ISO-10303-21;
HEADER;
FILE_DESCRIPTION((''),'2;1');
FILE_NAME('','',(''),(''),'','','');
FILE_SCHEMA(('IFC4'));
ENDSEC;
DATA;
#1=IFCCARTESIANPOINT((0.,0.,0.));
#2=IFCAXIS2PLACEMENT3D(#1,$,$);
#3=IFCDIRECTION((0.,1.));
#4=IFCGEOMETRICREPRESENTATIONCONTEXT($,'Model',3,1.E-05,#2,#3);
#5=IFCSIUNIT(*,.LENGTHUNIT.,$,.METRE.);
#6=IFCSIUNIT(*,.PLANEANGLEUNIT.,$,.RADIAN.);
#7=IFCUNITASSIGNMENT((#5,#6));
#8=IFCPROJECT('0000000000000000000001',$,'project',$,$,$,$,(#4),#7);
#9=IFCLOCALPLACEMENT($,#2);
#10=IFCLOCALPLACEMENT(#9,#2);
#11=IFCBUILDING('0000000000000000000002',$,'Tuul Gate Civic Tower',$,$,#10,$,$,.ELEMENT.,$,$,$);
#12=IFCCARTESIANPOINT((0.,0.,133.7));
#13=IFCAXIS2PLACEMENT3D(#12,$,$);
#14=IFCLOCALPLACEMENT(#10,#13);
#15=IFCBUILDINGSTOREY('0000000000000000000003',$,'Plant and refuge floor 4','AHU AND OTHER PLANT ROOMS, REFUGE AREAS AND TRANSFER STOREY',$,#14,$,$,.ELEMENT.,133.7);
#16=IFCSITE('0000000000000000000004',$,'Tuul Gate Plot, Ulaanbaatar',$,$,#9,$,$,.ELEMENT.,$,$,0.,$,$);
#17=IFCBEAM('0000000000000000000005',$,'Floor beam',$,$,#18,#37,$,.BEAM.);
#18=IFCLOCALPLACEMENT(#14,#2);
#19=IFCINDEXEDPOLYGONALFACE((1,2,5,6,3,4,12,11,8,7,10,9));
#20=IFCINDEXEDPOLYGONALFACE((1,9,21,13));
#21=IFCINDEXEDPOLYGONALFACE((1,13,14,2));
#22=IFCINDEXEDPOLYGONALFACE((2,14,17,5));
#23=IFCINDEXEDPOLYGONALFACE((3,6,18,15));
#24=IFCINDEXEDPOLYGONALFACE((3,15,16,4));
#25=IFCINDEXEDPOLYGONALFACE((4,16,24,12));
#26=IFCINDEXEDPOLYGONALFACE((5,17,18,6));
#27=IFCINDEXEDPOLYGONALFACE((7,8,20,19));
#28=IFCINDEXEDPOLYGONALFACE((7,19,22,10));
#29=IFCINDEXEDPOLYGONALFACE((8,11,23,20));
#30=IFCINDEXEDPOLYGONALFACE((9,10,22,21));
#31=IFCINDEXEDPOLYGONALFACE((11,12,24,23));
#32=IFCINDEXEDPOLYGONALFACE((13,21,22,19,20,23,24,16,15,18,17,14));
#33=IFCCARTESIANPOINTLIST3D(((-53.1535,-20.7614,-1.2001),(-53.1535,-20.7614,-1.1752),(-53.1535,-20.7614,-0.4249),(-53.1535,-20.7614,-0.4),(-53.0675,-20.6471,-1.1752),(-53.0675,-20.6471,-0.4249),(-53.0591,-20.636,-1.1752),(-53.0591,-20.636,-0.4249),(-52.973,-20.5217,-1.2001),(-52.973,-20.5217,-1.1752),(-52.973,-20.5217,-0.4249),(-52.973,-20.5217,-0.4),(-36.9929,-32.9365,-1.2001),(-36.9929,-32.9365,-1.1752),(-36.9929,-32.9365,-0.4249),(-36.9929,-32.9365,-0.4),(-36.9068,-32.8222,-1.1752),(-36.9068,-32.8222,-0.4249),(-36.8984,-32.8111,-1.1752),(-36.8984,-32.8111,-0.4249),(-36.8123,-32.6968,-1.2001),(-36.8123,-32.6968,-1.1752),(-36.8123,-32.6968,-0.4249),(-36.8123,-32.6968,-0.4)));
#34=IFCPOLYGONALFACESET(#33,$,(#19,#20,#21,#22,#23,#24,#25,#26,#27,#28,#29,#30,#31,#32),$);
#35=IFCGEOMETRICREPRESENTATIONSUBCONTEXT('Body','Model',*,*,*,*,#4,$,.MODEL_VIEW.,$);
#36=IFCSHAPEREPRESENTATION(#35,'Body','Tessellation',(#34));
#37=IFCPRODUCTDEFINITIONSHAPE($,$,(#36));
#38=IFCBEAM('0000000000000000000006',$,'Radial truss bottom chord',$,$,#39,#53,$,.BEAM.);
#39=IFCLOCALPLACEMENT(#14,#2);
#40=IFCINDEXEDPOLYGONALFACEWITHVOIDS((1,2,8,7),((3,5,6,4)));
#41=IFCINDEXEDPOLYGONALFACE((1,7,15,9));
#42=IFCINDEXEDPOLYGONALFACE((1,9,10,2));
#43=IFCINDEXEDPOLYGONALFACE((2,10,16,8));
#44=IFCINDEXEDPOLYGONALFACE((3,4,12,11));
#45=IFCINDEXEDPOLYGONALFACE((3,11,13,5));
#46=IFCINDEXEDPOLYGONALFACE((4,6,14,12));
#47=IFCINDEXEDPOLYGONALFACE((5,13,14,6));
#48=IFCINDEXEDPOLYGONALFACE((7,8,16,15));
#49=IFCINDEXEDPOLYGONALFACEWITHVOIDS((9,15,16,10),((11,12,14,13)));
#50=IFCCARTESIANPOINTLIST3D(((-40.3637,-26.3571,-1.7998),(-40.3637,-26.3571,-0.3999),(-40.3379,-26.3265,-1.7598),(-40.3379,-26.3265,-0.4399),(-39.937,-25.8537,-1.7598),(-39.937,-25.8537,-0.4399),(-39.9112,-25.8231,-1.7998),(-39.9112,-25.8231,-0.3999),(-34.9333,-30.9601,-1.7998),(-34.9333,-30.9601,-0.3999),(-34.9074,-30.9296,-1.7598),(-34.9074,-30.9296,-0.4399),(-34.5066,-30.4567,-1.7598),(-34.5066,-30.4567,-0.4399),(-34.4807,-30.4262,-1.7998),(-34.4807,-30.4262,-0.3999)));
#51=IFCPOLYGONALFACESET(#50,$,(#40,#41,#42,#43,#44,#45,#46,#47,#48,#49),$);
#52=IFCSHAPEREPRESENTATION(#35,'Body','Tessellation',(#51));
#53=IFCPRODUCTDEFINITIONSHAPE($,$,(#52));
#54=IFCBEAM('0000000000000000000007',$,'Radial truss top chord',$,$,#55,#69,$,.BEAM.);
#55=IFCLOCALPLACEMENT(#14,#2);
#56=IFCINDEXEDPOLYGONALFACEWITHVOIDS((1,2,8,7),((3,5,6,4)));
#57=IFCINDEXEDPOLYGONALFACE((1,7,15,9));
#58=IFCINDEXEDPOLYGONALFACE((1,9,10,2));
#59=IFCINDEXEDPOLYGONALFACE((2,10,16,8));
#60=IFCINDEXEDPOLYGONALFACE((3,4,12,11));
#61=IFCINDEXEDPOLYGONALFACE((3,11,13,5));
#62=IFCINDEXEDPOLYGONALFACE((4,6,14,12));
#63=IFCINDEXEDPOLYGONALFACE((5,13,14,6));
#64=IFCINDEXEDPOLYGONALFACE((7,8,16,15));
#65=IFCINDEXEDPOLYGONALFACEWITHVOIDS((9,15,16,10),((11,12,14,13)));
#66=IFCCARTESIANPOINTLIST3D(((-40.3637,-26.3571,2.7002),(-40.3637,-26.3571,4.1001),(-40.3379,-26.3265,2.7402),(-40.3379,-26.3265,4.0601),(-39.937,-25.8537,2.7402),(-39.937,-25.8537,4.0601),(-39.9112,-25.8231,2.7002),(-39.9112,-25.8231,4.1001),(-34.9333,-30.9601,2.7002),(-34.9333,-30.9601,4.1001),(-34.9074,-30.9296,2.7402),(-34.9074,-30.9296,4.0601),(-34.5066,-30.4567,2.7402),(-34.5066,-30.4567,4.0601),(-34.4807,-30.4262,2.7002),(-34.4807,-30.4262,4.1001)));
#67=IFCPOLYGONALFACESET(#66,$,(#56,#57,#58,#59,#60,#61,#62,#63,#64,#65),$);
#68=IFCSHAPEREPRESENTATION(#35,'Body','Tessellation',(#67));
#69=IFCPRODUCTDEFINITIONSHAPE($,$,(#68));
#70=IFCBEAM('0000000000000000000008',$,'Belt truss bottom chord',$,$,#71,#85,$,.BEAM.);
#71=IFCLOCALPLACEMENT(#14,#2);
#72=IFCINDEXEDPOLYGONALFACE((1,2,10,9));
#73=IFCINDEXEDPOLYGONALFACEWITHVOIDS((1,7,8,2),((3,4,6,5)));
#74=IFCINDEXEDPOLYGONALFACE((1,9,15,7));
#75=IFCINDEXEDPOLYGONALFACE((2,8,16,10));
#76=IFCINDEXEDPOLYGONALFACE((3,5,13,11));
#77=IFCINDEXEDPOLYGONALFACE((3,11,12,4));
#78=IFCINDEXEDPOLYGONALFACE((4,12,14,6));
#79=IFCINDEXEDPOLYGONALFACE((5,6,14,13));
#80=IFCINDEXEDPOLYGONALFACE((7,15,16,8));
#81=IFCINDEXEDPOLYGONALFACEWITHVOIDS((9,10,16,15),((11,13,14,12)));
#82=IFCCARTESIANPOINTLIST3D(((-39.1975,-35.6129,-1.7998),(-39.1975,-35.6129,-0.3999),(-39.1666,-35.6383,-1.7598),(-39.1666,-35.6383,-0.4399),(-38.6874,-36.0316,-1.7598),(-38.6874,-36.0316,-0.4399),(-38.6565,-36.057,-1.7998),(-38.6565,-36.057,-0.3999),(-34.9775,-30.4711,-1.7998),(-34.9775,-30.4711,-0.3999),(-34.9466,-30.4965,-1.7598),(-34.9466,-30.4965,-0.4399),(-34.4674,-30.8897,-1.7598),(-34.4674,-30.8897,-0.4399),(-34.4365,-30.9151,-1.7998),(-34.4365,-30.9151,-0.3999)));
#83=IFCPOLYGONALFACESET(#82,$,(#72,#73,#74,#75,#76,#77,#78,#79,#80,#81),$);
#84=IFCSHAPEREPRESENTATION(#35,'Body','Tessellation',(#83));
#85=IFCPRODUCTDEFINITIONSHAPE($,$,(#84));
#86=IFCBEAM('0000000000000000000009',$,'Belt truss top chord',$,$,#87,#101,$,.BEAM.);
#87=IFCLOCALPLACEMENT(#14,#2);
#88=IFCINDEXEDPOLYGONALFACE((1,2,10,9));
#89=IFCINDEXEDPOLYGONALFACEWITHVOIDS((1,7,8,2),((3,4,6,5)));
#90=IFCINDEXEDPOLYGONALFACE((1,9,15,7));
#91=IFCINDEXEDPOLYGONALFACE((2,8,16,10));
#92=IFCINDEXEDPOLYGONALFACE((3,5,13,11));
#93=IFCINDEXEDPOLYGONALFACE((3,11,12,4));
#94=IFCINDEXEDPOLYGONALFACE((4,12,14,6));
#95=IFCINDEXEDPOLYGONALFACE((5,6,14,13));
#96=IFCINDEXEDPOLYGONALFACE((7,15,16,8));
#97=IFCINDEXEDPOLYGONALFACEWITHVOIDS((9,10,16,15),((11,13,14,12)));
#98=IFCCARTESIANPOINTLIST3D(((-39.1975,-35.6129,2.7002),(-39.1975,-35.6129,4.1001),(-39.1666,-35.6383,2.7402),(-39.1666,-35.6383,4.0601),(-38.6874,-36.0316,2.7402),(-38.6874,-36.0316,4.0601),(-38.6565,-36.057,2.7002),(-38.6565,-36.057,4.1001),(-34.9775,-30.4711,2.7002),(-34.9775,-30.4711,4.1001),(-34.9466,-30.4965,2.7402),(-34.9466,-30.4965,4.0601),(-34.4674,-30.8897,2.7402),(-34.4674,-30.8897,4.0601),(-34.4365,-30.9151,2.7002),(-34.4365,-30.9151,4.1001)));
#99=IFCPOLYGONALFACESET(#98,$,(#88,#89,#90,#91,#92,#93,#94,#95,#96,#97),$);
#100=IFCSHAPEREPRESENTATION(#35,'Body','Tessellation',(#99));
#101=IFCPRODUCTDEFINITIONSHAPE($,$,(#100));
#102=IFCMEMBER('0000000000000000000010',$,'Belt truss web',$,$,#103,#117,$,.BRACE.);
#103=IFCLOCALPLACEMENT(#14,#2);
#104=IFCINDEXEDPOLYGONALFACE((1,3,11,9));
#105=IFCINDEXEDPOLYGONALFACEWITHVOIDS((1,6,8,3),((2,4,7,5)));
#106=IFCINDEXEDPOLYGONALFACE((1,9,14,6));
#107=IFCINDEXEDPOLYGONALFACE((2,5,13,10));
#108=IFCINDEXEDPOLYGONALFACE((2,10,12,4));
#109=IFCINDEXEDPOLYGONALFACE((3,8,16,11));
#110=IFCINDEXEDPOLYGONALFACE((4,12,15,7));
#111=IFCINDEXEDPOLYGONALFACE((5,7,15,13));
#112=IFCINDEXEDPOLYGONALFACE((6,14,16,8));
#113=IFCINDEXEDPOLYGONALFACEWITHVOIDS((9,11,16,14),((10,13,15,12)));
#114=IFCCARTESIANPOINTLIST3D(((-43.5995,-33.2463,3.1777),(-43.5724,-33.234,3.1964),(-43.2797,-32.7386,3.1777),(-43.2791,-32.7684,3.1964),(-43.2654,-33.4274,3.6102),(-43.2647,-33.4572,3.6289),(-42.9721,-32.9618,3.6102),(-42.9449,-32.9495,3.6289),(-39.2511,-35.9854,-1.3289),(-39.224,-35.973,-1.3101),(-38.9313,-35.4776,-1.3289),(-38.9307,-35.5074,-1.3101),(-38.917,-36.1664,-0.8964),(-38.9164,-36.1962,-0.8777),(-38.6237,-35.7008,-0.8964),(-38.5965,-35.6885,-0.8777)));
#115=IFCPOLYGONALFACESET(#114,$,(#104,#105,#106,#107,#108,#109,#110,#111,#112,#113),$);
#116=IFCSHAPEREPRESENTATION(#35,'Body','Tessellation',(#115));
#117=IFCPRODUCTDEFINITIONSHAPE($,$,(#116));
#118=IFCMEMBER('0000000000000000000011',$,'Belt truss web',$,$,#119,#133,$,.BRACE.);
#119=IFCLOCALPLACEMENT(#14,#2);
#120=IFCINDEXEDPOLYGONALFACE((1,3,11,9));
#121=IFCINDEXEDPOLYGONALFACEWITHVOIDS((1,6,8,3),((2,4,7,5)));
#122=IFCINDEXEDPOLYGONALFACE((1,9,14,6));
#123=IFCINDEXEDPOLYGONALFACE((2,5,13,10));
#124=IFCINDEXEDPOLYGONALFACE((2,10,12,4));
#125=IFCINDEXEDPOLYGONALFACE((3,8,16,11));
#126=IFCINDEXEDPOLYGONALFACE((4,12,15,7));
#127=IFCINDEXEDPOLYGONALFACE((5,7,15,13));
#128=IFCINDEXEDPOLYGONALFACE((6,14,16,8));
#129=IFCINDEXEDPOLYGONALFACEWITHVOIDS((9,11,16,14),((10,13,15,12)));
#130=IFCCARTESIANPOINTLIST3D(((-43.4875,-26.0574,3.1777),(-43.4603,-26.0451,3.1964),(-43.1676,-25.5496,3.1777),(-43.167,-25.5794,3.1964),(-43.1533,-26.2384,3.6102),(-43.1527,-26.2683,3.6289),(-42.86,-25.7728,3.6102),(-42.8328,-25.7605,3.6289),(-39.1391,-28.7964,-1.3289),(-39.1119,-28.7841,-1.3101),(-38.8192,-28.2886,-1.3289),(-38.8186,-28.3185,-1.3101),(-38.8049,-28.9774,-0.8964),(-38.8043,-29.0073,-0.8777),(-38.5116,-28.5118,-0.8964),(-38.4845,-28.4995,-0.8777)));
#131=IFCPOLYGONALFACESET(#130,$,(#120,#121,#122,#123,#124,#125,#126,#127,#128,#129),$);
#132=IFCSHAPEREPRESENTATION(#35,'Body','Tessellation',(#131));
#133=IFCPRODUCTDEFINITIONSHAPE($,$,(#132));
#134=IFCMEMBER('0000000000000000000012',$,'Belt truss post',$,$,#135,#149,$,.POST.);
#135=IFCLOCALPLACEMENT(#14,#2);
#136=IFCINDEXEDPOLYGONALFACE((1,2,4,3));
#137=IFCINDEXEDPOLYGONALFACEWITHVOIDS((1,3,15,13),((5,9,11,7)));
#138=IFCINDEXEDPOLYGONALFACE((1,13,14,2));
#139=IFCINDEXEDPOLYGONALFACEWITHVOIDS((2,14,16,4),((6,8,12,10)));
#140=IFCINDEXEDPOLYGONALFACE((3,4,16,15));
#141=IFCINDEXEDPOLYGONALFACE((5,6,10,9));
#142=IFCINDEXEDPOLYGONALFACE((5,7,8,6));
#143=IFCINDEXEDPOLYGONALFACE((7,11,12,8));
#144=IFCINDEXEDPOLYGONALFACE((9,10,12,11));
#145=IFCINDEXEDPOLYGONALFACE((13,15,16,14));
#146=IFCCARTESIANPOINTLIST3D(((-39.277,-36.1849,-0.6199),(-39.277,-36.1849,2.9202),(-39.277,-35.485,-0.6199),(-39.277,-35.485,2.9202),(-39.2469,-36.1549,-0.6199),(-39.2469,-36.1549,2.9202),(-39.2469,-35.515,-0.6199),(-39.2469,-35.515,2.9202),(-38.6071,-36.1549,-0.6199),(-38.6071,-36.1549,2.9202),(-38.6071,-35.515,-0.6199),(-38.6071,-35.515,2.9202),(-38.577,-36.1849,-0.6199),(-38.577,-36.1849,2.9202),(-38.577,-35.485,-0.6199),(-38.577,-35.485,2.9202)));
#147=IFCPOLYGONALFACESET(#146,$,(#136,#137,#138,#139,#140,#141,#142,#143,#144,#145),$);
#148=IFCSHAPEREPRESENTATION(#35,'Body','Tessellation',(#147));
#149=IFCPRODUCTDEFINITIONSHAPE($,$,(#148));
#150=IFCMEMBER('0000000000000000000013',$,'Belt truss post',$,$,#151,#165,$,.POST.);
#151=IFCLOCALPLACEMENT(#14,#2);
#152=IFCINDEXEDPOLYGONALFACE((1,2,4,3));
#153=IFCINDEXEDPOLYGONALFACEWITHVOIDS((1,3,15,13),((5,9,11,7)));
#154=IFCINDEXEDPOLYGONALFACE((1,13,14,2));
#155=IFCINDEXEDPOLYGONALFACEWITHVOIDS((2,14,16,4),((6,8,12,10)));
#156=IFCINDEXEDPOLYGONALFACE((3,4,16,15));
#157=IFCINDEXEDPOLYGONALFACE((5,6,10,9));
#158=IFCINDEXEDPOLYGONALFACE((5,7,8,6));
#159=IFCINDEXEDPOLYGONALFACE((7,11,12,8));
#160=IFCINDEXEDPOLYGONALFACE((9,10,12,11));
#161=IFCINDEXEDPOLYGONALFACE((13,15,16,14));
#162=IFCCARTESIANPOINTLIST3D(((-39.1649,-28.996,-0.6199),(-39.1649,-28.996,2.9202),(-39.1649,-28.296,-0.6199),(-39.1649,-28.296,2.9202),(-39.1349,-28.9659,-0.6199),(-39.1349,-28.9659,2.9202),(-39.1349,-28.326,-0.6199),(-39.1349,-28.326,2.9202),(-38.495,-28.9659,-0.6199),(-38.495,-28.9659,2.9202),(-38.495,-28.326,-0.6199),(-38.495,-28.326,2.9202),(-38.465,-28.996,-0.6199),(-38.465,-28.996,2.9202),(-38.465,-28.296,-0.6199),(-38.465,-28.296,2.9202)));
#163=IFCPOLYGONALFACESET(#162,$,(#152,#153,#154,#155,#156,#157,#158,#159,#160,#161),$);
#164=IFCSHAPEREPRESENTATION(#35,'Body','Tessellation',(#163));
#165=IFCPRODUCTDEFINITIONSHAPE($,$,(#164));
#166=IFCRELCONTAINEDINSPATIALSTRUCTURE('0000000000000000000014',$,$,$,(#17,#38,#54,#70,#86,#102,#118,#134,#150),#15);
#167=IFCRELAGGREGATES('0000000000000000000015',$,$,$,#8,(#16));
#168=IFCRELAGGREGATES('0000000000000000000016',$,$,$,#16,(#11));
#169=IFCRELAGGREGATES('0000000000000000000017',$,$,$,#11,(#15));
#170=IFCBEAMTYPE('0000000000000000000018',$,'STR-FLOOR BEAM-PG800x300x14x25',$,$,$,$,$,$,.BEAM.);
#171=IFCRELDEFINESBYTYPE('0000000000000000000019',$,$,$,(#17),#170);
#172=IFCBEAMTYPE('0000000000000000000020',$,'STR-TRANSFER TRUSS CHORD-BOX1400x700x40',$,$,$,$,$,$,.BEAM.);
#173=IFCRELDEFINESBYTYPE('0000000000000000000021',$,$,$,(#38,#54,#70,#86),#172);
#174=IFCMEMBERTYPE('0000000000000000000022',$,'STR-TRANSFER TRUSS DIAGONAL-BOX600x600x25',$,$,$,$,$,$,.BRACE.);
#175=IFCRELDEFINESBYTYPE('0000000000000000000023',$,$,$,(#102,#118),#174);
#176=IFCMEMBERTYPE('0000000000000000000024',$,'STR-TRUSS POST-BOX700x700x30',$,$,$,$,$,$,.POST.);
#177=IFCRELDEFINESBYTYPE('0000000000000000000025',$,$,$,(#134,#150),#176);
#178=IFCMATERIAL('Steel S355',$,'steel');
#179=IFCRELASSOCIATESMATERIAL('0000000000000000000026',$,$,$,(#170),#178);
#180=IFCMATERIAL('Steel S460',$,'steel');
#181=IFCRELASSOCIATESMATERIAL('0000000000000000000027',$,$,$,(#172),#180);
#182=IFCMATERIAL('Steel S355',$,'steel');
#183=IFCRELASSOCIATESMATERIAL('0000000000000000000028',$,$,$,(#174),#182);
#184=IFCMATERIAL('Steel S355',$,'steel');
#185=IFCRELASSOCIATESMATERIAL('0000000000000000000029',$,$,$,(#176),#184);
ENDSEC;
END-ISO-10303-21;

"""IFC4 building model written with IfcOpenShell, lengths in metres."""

from ifc_helpers import new_model, si_unit, direction, frame, origin, origin_2d, place, context, subcontext, project, spatial, hollow_rectangle, i_section, extrude, material, material_profile, profile_set, type_object, element, save


model = new_model("IFC4")

# Units and contexts
model_context = context("Model", 3, precision=1e-05, world=origin(), true_north=direction((0.0, 1.0)))
body_context = subcontext(model_context, "Body", "Model", "MODEL_VIEW")
ifc_project = project(units=[si_unit("LENGTHUNIT", "METRE"), si_unit("PLANEANGLEUNIT", "RADIAN")], contexts=[model_context])

# Site, building, storey
site_placement = place(None, origin())
site = spatial("IfcSite", under=ifc_project, at=site_placement, Name="Tuul Gate Plot, Ulaanbaatar", CompositionType="ELEMENT", RefElevation=0.0)
building_placement = place(site_placement, origin())
building = spatial("IfcBuilding", under=site, at=building_placement, Name="Tuul Gate Civic Tower", CompositionType="ELEMENT")
storey_placement = place(building_placement, frame((0.0, 0.0, 133.7)))
storey = spatial("IfcBuildingStorey", under=building, at=storey_placement, Name="Plant and refuge floor 4", Description="AHU AND OTHER PLANT ROOMS, REFUGE AREAS AND TRANSFER STOREY", CompositionType="ELEMENT", Elevation=133.7)

# Beams
ifc_material_1 = material(Name="Steel S355", Category="steel")
ifc_material_profile_1 = material_profile(ifc_material_1, i_section(OverallWidth=0.3, OverallDepth=0.8, WebThickness=0.0139, FlangeThickness=0.0249, at=origin_2d()), Name="PG800x300x14x25")
ifc_profile_set_1 = profile_set([ifc_material_profile_1], Name="Steel S355")
beam_type_1 = type_object("IfcBeamType", Name="STR-FLOOR BEAM-PG800x300x14x25", PredefinedType="BEAM", material=ifc_profile_set_1)
beam_placement = place(storey_placement, frame((-36.9026, -32.8167, -0.8), z_axis=(-0.798704, 0.601725, 0.0), x_axis=(-0.601725, -0.798704, 0.0)))
element("IfcBeam", 1, at=beam_placement, inside=storey, type_object=beam_type_1, Name="Floor beam", PredefinedType="BEAM", context=body_context, shape_type="SweptSolid", body=[
    extrude(i_section(OverallWidth=0.3, OverallDepth=0.8, WebThickness=0.0139, FlangeThickness=0.0249, at=origin_2d()), origin(), (0.0, 0.0, 1.0), 20.2336),
])
ifc_material_2 = material(Name="Steel S460", Category="steel")
ifc_material_profile_2 = material_profile(ifc_material_2, hollow_rectangle(XDim=0.7, YDim=1.3999, WallThickness=0.04, at=origin_2d()), Name="BOX1400x700x40")
ifc_profile_set_2 = profile_set([ifc_material_profile_2], Name="Steel S460")
beam_type_2 = type_object("IfcBeamType", Name="STR-TRANSFER TRUSS CHORD-BOX1400x700x40", PredefinedType="BEAM", material=ifc_profile_set_2)
for number, where, z_axis, x_axis, name in (
    (2, (-40.1375, -26.0901, -1.0999), (0.762828, -0.646602, 0.0), (0.646602, 0.762828, 0.0), "Radial truss bottom chord"),
    (3, (-40.1375, -26.0901, 3.4001), (0.762828, -0.646602, 0.0), (0.646602, 0.762828, 0.0), "Radial truss top chord"),
):
    element("IfcBeam", number, at=place(storey_placement, frame(where, z_axis=z_axis, x_axis=x_axis)), inside=storey, type_object=beam_type_2, Name=name, PredefinedType="BEAM", context=body_context, shape_type="SweptSolid", body=[
        extrude(hollow_rectangle(XDim=0.7, YDim=1.3999, WallThickness=0.04, at=origin_2d()), origin(), (0.0, 0.0, 1.0), 7.1189),
    ])
for number, where, z_axis, x_axis, name in (
    (4, (-38.927, -35.835, -1.0999), (0.634408, 0.772998, 0.0), (-0.772998, 0.634408, 0.0), "Belt truss bottom chord"),
    (5, (-38.927, -35.835, 3.4001), (0.634408, 0.772998, 0.0), (-0.772998, 0.634408, 0.0), "Belt truss top chord"),
):
    element("IfcBeam", number, at=place(storey_placement, frame(where, z_axis=z_axis, x_axis=x_axis)), inside=storey, type_object=beam_type_2, Name=name, PredefinedType="BEAM", context=body_context, shape_type="SweptSolid", body=[
        extrude(hollow_rectangle(XDim=0.7, YDim=1.3999, WallThickness=0.04, at=origin_2d()), origin(), (0.0, 0.0, 1.0), 6.6519),
    ])

# Members
ifc_material_3 = material(Name="Steel S355", Category="steel")
ifc_material_profile_3 = material_profile(ifc_material_3, hollow_rectangle(XDim=0.6001, YDim=0.6001, WallThickness=0.0249, at=origin_2d()), Name="BOX600x600x25")
ifc_profile_set_3 = profile_set([ifc_material_profile_3], Name="Steel S355")
member_type_1 = type_object("IfcMemberType", Name="STR-TRANSFER TRUSS DIAGONAL-BOX600x600x25", PredefinedType="BRACE", material=ifc_profile_set_3)
for number, where, z_axis, x_axis, name in (
    (6, (-38.9238, -35.8369, -1.1033), (-0.636175, 0.400721, 0.65932), (-0.532972, -0.846133, 0.0), "Belt truss web"),
    (7, (-38.8118, -28.6479, -1.1033), (-0.636175, 0.400721, 0.65932), (-0.532972, -0.846133, 0.0), "Belt truss web"),
):
    element("IfcMember", number, at=place(storey_placement, frame(where, z_axis=z_axis, x_axis=x_axis)), inside=storey, type_object=member_type_1, Name=name, PredefinedType="BRACE", context=body_context, shape_type="SweptSolid", body=[
        extrude(hollow_rectangle(XDim=0.6001, YDim=0.6001, WallThickness=0.0249, at=origin_2d()), origin(), (0.0, 0.0, 1.0), 6.8352),
    ])
ifc_material_4 = material(Name="Steel S355", Category="steel")
ifc_material_profile_4 = material_profile(ifc_material_4, hollow_rectangle(XDim=0.7, YDim=0.7, WallThickness=0.03, at=origin_2d()), Name="BOX700x700x30")
ifc_profile_set_4 = profile_set([ifc_material_profile_4], Name="Steel S355")
member_type_2 = type_object("IfcMemberType", Name="STR-TRUSS POST-BOX700x700x30", PredefinedType="POST", material=ifc_profile_set_4)
for number, where, z_axis, x_axis, name in (
    (8, (-38.927, -35.835, -0.6199), (0.0, 0.0, 1.0), (1.0, 0.0, 0.0), "Belt truss post"),
    (9, (-38.8149, -28.646, -0.6199), (0.0, 0.0, 1.0), (1.0, 0.0, 0.0), "Belt truss post"),
):
    element("IfcMember", number, at=place(storey_placement, frame(where, z_axis=z_axis, x_axis=x_axis)), inside=storey, type_object=member_type_2, Name=name, PredefinedType="POST", context=body_context, shape_type="SweptSolid", body=[
        extrude(hollow_rectangle(XDim=0.7, YDim=0.7, WallThickness=0.03, at=origin_2d()), origin(), (0.0, 0.0, 1.0), 3.54),
    ])

save(model, "model.ifc")
